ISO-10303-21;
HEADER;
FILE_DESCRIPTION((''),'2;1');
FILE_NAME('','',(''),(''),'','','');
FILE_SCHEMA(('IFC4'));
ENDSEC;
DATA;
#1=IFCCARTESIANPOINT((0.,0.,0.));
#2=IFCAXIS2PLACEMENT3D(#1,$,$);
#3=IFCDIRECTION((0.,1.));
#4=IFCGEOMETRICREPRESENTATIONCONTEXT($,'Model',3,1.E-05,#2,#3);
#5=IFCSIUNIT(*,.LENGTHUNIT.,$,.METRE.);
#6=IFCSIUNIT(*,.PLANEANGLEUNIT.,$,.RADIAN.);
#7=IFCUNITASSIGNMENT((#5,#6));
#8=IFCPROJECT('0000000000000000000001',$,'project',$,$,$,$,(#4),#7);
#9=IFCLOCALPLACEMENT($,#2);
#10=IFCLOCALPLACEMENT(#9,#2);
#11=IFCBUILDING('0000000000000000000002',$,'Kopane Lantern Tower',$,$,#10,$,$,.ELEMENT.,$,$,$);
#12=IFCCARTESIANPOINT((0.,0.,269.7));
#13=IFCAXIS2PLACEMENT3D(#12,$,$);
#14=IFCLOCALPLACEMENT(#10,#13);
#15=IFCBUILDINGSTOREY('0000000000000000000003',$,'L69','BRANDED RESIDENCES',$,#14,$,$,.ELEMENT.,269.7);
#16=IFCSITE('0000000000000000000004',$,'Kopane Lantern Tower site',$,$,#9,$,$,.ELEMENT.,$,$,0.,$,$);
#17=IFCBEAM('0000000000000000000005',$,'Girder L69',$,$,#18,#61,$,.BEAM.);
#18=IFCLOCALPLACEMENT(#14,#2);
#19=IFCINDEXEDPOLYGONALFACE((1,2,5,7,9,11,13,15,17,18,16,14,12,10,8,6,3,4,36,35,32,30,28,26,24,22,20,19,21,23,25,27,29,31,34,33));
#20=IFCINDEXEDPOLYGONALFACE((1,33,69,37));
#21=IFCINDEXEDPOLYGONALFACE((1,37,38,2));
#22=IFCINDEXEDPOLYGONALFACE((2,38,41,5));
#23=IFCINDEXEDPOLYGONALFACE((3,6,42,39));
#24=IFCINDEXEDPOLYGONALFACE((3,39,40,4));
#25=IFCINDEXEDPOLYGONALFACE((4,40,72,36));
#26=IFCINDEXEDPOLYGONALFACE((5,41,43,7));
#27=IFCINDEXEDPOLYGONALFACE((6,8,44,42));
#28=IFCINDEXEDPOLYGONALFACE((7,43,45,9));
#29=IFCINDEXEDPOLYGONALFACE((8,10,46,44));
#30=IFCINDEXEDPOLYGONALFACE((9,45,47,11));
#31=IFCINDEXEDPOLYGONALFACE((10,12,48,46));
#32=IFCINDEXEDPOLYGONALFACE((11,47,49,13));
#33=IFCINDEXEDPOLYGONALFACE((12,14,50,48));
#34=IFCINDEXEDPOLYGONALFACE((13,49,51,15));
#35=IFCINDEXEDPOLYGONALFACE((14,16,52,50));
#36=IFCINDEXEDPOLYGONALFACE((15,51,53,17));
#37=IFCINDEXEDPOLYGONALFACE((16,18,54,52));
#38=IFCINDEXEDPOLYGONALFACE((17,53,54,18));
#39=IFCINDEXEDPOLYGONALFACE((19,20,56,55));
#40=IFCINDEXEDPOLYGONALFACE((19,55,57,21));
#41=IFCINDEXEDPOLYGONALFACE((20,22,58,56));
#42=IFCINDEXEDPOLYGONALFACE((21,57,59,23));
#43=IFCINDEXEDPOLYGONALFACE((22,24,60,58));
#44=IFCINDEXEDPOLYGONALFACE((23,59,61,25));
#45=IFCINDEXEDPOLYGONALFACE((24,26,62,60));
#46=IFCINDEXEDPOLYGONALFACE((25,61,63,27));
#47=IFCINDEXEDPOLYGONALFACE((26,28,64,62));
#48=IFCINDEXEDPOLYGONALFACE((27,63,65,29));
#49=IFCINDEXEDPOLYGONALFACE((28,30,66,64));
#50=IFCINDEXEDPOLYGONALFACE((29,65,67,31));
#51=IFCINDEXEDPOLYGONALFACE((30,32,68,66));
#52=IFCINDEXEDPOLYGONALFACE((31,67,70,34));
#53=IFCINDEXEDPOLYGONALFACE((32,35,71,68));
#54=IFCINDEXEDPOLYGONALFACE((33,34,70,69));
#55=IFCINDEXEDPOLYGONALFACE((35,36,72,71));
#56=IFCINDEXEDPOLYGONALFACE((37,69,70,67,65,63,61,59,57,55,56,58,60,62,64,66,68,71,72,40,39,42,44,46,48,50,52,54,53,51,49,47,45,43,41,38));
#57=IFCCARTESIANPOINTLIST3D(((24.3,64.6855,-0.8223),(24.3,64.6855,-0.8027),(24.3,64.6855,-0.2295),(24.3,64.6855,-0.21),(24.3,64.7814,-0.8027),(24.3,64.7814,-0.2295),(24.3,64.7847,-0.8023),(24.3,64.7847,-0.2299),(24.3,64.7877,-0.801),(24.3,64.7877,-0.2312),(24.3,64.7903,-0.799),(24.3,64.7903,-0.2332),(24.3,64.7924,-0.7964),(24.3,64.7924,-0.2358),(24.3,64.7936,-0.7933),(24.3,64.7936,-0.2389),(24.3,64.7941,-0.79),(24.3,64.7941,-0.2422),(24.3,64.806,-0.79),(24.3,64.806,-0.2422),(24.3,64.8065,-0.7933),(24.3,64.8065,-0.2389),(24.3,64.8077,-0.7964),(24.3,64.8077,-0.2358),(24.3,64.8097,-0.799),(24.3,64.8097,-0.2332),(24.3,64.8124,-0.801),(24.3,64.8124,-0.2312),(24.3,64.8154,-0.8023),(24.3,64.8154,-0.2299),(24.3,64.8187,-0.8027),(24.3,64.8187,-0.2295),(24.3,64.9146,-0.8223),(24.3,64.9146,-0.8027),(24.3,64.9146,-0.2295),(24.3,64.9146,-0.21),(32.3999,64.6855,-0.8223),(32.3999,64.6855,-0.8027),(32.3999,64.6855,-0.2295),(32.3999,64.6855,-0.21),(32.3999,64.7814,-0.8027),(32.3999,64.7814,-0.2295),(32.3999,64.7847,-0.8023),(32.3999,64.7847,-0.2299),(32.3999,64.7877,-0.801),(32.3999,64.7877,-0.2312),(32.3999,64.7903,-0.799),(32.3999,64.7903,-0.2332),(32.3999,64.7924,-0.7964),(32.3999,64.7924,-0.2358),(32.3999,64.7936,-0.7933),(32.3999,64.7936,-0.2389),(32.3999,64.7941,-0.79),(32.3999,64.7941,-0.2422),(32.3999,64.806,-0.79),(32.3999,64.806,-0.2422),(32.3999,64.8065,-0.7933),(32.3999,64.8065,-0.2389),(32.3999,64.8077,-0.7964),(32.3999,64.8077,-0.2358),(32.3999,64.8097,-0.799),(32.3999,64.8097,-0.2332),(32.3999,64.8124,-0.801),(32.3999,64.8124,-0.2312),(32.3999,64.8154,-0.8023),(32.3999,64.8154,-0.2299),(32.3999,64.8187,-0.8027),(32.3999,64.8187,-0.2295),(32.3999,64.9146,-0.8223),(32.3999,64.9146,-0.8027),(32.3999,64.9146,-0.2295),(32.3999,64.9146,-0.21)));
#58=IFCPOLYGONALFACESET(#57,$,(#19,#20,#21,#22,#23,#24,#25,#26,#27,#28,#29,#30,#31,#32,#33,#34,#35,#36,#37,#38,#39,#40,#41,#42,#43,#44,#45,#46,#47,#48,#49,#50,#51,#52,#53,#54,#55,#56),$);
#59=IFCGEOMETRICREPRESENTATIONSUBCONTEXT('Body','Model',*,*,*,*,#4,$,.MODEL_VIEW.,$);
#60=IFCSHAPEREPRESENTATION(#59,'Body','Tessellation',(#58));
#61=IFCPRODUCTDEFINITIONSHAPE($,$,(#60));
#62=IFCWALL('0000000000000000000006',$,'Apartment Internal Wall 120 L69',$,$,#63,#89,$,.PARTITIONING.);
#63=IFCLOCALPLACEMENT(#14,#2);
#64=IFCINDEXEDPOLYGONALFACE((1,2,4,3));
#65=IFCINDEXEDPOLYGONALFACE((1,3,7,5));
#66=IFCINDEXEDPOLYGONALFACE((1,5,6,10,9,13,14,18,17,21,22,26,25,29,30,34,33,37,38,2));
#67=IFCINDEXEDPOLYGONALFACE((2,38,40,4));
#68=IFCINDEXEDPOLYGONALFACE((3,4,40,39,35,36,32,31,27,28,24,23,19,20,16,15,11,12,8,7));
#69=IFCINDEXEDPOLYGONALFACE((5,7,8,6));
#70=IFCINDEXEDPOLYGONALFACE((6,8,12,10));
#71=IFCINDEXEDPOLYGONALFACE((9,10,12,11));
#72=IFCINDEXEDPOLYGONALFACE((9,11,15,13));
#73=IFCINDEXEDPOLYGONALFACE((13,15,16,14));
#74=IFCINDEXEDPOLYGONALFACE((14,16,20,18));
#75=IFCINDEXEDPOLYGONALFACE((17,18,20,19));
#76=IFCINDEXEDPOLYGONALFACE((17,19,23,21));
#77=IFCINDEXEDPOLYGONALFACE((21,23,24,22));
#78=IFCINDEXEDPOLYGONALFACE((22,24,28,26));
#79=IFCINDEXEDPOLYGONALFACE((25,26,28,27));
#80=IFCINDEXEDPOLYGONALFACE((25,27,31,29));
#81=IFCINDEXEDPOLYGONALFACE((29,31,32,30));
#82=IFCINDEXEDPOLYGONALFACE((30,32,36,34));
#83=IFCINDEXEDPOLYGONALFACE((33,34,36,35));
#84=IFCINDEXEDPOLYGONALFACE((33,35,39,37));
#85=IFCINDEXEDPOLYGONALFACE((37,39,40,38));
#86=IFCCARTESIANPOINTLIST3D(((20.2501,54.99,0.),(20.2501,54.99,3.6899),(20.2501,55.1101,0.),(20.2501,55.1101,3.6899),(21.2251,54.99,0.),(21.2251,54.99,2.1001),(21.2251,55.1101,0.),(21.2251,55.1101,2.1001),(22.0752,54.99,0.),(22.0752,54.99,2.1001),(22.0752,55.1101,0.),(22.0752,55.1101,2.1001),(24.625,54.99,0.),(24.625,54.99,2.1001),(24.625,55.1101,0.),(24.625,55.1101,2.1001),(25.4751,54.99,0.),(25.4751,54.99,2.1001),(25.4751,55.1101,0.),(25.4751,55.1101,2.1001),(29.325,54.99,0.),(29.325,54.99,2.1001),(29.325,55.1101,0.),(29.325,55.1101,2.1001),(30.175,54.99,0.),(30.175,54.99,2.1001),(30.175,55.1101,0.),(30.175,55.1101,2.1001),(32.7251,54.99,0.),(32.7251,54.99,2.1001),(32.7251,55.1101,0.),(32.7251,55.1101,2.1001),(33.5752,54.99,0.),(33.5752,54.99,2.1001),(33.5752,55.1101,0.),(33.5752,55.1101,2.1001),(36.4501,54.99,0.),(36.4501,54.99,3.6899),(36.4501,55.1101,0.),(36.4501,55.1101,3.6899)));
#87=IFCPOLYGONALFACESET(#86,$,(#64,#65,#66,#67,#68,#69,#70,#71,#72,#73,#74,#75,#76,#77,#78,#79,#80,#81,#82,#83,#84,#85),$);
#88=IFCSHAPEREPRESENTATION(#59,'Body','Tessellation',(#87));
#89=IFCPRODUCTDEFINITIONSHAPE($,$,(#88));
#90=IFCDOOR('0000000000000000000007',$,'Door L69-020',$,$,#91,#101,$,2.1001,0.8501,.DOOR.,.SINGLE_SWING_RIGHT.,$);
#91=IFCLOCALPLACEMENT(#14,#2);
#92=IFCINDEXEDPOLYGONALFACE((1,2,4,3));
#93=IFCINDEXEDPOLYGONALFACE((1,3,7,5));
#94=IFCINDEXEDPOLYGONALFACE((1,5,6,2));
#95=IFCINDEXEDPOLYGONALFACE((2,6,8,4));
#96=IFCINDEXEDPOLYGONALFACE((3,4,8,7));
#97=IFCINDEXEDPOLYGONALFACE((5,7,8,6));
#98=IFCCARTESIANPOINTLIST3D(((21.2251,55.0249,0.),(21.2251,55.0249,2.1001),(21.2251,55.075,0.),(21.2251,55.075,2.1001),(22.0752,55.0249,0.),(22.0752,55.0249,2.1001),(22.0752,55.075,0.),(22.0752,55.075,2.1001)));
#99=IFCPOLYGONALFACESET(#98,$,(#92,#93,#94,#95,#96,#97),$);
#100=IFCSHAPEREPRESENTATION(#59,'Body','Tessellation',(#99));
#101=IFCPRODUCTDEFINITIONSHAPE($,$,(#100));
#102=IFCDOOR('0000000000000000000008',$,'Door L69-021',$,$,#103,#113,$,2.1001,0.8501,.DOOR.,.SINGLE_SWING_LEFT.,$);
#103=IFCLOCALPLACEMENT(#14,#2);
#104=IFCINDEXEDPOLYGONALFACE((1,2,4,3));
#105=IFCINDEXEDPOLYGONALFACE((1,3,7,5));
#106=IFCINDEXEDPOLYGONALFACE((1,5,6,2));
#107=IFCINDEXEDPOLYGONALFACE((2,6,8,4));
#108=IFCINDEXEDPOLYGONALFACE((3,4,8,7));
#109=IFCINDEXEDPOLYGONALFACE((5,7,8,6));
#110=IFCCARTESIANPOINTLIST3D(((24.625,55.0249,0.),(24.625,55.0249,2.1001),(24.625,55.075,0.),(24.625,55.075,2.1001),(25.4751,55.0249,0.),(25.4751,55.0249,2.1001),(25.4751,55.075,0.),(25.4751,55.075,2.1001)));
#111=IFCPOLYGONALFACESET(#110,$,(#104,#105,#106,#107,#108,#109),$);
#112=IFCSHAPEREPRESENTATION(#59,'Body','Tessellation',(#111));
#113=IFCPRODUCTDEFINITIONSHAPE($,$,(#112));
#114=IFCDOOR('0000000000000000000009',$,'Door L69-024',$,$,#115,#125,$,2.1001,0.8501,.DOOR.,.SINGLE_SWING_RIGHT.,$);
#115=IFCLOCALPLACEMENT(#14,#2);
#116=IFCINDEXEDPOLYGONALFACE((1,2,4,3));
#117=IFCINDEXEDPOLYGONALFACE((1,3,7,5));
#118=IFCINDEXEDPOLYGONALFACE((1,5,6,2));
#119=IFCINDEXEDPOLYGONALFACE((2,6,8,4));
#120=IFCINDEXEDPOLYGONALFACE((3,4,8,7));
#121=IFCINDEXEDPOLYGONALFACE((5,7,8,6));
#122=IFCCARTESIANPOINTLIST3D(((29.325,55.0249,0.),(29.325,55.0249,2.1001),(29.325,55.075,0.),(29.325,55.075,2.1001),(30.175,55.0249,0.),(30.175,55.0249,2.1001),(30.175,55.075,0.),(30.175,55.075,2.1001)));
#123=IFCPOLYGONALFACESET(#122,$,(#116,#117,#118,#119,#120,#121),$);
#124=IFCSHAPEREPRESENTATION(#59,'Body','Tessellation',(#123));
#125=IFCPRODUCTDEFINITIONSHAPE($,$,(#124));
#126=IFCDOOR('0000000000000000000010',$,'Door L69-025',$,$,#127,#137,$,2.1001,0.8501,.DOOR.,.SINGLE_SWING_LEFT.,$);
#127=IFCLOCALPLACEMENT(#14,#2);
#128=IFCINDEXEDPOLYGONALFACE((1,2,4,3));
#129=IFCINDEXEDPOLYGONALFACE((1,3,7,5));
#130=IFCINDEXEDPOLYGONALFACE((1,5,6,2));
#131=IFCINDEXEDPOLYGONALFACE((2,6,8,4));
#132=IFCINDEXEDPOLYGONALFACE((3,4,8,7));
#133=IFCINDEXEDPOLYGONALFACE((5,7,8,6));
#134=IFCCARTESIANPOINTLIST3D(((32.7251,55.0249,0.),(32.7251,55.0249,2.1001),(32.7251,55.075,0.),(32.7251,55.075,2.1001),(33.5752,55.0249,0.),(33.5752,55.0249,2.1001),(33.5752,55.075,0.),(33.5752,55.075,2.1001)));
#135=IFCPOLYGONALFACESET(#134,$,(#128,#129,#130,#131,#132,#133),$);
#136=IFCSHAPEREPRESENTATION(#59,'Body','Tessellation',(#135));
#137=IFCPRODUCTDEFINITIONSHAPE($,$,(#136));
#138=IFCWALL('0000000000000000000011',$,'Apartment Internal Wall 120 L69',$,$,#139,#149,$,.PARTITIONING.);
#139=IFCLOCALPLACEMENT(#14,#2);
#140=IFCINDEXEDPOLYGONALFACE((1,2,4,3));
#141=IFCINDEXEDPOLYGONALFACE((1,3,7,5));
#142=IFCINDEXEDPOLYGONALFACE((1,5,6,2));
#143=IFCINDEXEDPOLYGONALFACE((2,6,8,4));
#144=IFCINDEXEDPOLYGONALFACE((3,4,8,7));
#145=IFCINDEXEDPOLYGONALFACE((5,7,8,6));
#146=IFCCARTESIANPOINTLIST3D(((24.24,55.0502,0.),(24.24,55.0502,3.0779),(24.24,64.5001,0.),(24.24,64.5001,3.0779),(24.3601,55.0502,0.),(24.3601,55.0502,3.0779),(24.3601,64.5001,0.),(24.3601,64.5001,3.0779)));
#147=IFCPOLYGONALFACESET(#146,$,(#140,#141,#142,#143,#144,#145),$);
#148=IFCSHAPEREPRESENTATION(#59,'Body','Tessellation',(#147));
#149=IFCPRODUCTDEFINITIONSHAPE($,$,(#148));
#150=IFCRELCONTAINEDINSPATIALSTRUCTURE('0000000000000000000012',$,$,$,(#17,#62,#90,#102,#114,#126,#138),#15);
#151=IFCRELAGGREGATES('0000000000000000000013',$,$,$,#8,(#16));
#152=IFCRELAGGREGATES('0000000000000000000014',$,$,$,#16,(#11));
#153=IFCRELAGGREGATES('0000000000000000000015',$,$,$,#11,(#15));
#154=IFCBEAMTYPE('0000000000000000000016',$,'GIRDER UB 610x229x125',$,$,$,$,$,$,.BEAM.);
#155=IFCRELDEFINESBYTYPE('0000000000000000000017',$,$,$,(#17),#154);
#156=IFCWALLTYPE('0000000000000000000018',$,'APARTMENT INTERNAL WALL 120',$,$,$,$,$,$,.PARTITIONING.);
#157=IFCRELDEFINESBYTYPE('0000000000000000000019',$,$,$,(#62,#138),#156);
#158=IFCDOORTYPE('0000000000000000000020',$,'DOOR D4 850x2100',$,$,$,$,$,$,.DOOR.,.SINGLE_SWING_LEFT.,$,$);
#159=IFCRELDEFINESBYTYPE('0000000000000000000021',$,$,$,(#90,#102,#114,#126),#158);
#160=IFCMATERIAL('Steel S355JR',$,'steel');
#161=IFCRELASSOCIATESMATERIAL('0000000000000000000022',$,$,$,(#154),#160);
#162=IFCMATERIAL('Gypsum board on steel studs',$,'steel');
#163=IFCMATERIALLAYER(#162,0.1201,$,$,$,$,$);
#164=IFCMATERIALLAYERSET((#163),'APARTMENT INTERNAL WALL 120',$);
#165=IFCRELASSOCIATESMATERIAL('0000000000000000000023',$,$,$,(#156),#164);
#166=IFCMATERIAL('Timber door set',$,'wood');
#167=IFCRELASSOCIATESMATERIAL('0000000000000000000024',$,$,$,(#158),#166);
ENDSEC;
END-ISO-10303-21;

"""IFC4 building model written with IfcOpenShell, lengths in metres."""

from ifc_helpers import new_model, si_unit, direction, frame, frame_2d, origin, origin_2d, place, context, subcontext, project, spatial, rectangle, i_section, extrude, material, layer, layer_set, material_profile, profile_set, type_object, element, fill, save


model = new_model("IFC4")

# Units and contexts
model_context = context("Model", 3, precision=1e-05, world=origin(), true_north=direction((0.0, 1.0)))
body_context = subcontext(model_context, "Body", "Model", "MODEL_VIEW")
ifc_project = project(units=[si_unit("LENGTHUNIT", "METRE"), si_unit("PLANEANGLEUNIT", "RADIAN")], contexts=[model_context])

# Site, building, storey
site_placement = place(None, origin())
site = spatial("IfcSite", under=ifc_project, at=site_placement, Name="Kopane Lantern Tower site", CompositionType="ELEMENT", RefElevation=0.0)
building_placement = place(site_placement, origin())
building = spatial("IfcBuilding", under=site, at=building_placement, Name="Kopane Lantern Tower", CompositionType="ELEMENT")
storey_placement = place(building_placement, frame((0.0, 0.0, 269.7)))
storey = spatial("IfcBuildingStorey", under=building, at=storey_placement, Name="L69", Description="BRANDED RESIDENCES", CompositionType="ELEMENT", Elevation=269.7)

# Beam
ifc_material_1 = material(Name="Steel S355JR", Category="steel")
ifc_material_profile_1 = material_profile(ifc_material_1, i_section(OverallWidth=0.229, OverallDepth=0.6123, WebThickness=0.012, FlangeThickness=0.0195, FilletRadius=0.0127, at=origin_2d()), Name="UB 610x229x125")
ifc_profile_set_1 = profile_set([ifc_material_profile_1], Name="Steel S355JR")
beam_type = type_object("IfcBeamType", Name="GIRDER UB 610x229x125", PredefinedType="BEAM", material=ifc_profile_set_1)
for number, where, z_axis, x_axis, name in (
    (1, (24.3, 64.8, -0.5161), (1.0, 0.0, 0.0), (0.0, 1.0, 0.0), "Girder L69"),
):
    element("IfcBeam", number, at=place(storey_placement, frame(where, z_axis=z_axis, x_axis=x_axis)), inside=storey, type_object=beam_type, Name=name, PredefinedType="BEAM", context=body_context, shape_type="SweptSolid", body=[
        extrude(i_section(OverallWidth=0.229, OverallDepth=0.6123, WebThickness=0.012, FlangeThickness=0.0195, FilletRadius=0.0127, at=origin_2d()), origin(), (0.0, 0.0, 1.0), 8.0999),
    ])

# Wall, openings, doors
ifc_material_2 = material(Name="Gypsum board on steel studs", Category="steel")
ifc_layer_1 = layer(ifc_material_2, 0.1201)
ifc_layer_set_1 = layer_set([ifc_layer_1], Name="APARTMENT INTERNAL WALL 120")
wall_type_1 = type_object("IfcWallType", Name="APARTMENT INTERNAL WALL 120", PredefinedType="PARTITIONING", material=ifc_layer_set_1)
wall_1_placement = place(storey_placement, frame((20.25, 55.05, 0.0), z_axis=(0.0, 0.0, 1.0), x_axis=(1.0, 0.0, 0.0)))
wall_1 = element("IfcWall", 2, at=wall_1_placement, inside=storey, type_object=wall_type_1, Name="Apartment Internal Wall 120 L69", PredefinedType="PARTITIONING", context=body_context, shape_type="SweptSolid", body=[
    extrude(rectangle(XDim=16.2, YDim=0.1201, at=frame_2d((8.1001, 0.0))), origin(), (0.0, 0.0, 1.0), 3.6899),
])
opening_1_placement = place(wall_1_placement, frame((0.9751, 0.0, 0.0)))
opening_1 = element("IfcOpeningElement", 3, at=opening_1_placement, cuts=wall_1, PredefinedType="OPENING", context=body_context, shape_type="SweptSolid", body=[
    extrude(rectangle(XDim=0.8501, YDim=2.1001, at=frame_2d((0.425, 1.05))), frame((0.0, 0.0701, 0.0), z_axis=(0.0, -1.0, 0.0), x_axis=(1.0, 0.0, 0.0)), (0.0, 0.0, 1.0), 0.1401),
])
opening_2_placement = place(wall_1_placement, frame((4.375, 0.0, 0.0)))
opening_2 = element("IfcOpeningElement", 4, at=opening_2_placement, cuts=wall_1, PredefinedType="OPENING", context=body_context, shape_type="SweptSolid", body=[
    extrude(rectangle(XDim=0.8501, YDim=2.1001, at=frame_2d((0.425, 1.05))), frame((0.0, 0.0701, 0.0), z_axis=(0.0, -1.0, 0.0), x_axis=(1.0, 0.0, 0.0)), (0.0, 0.0, 1.0), 0.1401),
])
opening_3_placement = place(wall_1_placement, frame((9.075, 0.0, 0.0)))
opening_3 = element("IfcOpeningElement", 5, at=opening_3_placement, cuts=wall_1, PredefinedType="OPENING", context=body_context, shape_type="SweptSolid", body=[
    extrude(rectangle(XDim=0.8501, YDim=2.1001, at=frame_2d((0.425, 1.05))), frame((0.0, 0.0701, 0.0), z_axis=(0.0, -1.0, 0.0), x_axis=(1.0, 0.0, 0.0)), (0.0, 0.0, 1.0), 0.1401),
])
opening_4_placement = place(wall_1_placement, frame((12.4751, 0.0, 0.0)))
opening_4 = element("IfcOpeningElement", 6, at=opening_4_placement, cuts=wall_1, PredefinedType="OPENING", context=body_context, shape_type="SweptSolid", body=[
    extrude(rectangle(XDim=0.8501, YDim=2.1001, at=frame_2d((0.425, 1.05))), frame((0.0, 0.0701, 0.0), z_axis=(0.0, -1.0, 0.0), x_axis=(1.0, 0.0, 0.0)), (0.0, 0.0, 1.0), 0.1401),
])
ifc_material_3 = material(Name="Timber door set", Category="wood")
door_type_1 = type_object("IfcDoorType", Name="DOOR D4 850x2100", OperationType="SINGLE_SWING_LEFT", PredefinedType="DOOR", material=ifc_material_3)
door_1_placement = place(opening_1_placement, origin())
door_1 = element("IfcDoor", 7, at=door_1_placement, inside=storey, type_object=door_type_1, Name="Door L69-020", OperationType="SINGLE_SWING_RIGHT", OverallHeight=2.1001, OverallWidth=0.8501, PredefinedType="DOOR", context=body_context, shape_type="SweptSolid", body=[
    extrude(rectangle(XDim=0.8501, YDim=2.1001, at=frame_2d((0.425, 1.05))), frame((0.0, 0.0249, 0.0), z_axis=(0.0, -1.0, 0.0), x_axis=(1.0, 0.0, 0.0)), (0.0, 0.0, 1.0), 0.05),
])
fill(opening_1, door_1)
door_2_placement = place(opening_2_placement, origin())
door_2 = element("IfcDoor", 8, at=door_2_placement, inside=storey, type_object=door_type_1, Name="Door L69-021", OperationType="SINGLE_SWING_LEFT", OverallHeight=2.1001, OverallWidth=0.8501, PredefinedType="DOOR", context=body_context, shape_type="SweptSolid", body=[
    extrude(rectangle(XDim=0.8501, YDim=2.1001, at=frame_2d((0.425, 1.05))), frame((0.0, 0.0249, 0.0), z_axis=(0.0, -1.0, 0.0), x_axis=(1.0, 0.0, 0.0)), (0.0, 0.0, 1.0), 0.05),
])
fill(opening_2, door_2)
door_3_placement = place(opening_3_placement, origin())
door_3 = element("IfcDoor", 9, at=door_3_placement, inside=storey, type_object=door_type_1, Name="Door L69-024", OperationType="SINGLE_SWING_RIGHT", OverallHeight=2.1001, OverallWidth=0.8501, PredefinedType="DOOR", context=body_context, shape_type="SweptSolid", body=[
    extrude(rectangle(XDim=0.8501, YDim=2.1001, at=frame_2d((0.425, 1.05))), frame((0.0, 0.0249, 0.0), z_axis=(0.0, -1.0, 0.0), x_axis=(1.0, 0.0, 0.0)), (0.0, 0.0, 1.0), 0.05),
])
fill(opening_3, door_3)
door_4_placement = place(opening_4_placement, origin())
door_4 = element("IfcDoor", 10, at=door_4_placement, inside=storey, type_object=door_type_1, Name="Door L69-025", OperationType="SINGLE_SWING_LEFT", OverallHeight=2.1001, OverallWidth=0.8501, PredefinedType="DOOR", context=body_context, shape_type="SweptSolid", body=[
    extrude(rectangle(XDim=0.8501, YDim=2.1001, at=frame_2d((0.425, 1.05))), frame((0.0, 0.0249, 0.0), z_axis=(0.0, -1.0, 0.0), x_axis=(1.0, 0.0, 0.0)), (0.0, 0.0, 1.0), 0.05),
])
fill(opening_4, door_4)

# Wall
wall_2_placement = place(storey_placement, frame((24.3, 55.05, 0.0), z_axis=(0.0, 0.0, 1.0), x_axis=(0.0, 1.0, 0.0)))
element("IfcWall", 11, at=wall_2_placement, inside=storey, type_object=wall_type_1, Name="Apartment Internal Wall 120 L69", PredefinedType="PARTITIONING", context=body_context, shape_type="SweptSolid", body=[
    extrude(rectangle(XDim=9.45, YDim=0.1201, at=frame_2d((4.7251, 0.0))), origin(), (0.0, 0.0, 1.0), 3.0779),
])

save(model, "model.ifc")
